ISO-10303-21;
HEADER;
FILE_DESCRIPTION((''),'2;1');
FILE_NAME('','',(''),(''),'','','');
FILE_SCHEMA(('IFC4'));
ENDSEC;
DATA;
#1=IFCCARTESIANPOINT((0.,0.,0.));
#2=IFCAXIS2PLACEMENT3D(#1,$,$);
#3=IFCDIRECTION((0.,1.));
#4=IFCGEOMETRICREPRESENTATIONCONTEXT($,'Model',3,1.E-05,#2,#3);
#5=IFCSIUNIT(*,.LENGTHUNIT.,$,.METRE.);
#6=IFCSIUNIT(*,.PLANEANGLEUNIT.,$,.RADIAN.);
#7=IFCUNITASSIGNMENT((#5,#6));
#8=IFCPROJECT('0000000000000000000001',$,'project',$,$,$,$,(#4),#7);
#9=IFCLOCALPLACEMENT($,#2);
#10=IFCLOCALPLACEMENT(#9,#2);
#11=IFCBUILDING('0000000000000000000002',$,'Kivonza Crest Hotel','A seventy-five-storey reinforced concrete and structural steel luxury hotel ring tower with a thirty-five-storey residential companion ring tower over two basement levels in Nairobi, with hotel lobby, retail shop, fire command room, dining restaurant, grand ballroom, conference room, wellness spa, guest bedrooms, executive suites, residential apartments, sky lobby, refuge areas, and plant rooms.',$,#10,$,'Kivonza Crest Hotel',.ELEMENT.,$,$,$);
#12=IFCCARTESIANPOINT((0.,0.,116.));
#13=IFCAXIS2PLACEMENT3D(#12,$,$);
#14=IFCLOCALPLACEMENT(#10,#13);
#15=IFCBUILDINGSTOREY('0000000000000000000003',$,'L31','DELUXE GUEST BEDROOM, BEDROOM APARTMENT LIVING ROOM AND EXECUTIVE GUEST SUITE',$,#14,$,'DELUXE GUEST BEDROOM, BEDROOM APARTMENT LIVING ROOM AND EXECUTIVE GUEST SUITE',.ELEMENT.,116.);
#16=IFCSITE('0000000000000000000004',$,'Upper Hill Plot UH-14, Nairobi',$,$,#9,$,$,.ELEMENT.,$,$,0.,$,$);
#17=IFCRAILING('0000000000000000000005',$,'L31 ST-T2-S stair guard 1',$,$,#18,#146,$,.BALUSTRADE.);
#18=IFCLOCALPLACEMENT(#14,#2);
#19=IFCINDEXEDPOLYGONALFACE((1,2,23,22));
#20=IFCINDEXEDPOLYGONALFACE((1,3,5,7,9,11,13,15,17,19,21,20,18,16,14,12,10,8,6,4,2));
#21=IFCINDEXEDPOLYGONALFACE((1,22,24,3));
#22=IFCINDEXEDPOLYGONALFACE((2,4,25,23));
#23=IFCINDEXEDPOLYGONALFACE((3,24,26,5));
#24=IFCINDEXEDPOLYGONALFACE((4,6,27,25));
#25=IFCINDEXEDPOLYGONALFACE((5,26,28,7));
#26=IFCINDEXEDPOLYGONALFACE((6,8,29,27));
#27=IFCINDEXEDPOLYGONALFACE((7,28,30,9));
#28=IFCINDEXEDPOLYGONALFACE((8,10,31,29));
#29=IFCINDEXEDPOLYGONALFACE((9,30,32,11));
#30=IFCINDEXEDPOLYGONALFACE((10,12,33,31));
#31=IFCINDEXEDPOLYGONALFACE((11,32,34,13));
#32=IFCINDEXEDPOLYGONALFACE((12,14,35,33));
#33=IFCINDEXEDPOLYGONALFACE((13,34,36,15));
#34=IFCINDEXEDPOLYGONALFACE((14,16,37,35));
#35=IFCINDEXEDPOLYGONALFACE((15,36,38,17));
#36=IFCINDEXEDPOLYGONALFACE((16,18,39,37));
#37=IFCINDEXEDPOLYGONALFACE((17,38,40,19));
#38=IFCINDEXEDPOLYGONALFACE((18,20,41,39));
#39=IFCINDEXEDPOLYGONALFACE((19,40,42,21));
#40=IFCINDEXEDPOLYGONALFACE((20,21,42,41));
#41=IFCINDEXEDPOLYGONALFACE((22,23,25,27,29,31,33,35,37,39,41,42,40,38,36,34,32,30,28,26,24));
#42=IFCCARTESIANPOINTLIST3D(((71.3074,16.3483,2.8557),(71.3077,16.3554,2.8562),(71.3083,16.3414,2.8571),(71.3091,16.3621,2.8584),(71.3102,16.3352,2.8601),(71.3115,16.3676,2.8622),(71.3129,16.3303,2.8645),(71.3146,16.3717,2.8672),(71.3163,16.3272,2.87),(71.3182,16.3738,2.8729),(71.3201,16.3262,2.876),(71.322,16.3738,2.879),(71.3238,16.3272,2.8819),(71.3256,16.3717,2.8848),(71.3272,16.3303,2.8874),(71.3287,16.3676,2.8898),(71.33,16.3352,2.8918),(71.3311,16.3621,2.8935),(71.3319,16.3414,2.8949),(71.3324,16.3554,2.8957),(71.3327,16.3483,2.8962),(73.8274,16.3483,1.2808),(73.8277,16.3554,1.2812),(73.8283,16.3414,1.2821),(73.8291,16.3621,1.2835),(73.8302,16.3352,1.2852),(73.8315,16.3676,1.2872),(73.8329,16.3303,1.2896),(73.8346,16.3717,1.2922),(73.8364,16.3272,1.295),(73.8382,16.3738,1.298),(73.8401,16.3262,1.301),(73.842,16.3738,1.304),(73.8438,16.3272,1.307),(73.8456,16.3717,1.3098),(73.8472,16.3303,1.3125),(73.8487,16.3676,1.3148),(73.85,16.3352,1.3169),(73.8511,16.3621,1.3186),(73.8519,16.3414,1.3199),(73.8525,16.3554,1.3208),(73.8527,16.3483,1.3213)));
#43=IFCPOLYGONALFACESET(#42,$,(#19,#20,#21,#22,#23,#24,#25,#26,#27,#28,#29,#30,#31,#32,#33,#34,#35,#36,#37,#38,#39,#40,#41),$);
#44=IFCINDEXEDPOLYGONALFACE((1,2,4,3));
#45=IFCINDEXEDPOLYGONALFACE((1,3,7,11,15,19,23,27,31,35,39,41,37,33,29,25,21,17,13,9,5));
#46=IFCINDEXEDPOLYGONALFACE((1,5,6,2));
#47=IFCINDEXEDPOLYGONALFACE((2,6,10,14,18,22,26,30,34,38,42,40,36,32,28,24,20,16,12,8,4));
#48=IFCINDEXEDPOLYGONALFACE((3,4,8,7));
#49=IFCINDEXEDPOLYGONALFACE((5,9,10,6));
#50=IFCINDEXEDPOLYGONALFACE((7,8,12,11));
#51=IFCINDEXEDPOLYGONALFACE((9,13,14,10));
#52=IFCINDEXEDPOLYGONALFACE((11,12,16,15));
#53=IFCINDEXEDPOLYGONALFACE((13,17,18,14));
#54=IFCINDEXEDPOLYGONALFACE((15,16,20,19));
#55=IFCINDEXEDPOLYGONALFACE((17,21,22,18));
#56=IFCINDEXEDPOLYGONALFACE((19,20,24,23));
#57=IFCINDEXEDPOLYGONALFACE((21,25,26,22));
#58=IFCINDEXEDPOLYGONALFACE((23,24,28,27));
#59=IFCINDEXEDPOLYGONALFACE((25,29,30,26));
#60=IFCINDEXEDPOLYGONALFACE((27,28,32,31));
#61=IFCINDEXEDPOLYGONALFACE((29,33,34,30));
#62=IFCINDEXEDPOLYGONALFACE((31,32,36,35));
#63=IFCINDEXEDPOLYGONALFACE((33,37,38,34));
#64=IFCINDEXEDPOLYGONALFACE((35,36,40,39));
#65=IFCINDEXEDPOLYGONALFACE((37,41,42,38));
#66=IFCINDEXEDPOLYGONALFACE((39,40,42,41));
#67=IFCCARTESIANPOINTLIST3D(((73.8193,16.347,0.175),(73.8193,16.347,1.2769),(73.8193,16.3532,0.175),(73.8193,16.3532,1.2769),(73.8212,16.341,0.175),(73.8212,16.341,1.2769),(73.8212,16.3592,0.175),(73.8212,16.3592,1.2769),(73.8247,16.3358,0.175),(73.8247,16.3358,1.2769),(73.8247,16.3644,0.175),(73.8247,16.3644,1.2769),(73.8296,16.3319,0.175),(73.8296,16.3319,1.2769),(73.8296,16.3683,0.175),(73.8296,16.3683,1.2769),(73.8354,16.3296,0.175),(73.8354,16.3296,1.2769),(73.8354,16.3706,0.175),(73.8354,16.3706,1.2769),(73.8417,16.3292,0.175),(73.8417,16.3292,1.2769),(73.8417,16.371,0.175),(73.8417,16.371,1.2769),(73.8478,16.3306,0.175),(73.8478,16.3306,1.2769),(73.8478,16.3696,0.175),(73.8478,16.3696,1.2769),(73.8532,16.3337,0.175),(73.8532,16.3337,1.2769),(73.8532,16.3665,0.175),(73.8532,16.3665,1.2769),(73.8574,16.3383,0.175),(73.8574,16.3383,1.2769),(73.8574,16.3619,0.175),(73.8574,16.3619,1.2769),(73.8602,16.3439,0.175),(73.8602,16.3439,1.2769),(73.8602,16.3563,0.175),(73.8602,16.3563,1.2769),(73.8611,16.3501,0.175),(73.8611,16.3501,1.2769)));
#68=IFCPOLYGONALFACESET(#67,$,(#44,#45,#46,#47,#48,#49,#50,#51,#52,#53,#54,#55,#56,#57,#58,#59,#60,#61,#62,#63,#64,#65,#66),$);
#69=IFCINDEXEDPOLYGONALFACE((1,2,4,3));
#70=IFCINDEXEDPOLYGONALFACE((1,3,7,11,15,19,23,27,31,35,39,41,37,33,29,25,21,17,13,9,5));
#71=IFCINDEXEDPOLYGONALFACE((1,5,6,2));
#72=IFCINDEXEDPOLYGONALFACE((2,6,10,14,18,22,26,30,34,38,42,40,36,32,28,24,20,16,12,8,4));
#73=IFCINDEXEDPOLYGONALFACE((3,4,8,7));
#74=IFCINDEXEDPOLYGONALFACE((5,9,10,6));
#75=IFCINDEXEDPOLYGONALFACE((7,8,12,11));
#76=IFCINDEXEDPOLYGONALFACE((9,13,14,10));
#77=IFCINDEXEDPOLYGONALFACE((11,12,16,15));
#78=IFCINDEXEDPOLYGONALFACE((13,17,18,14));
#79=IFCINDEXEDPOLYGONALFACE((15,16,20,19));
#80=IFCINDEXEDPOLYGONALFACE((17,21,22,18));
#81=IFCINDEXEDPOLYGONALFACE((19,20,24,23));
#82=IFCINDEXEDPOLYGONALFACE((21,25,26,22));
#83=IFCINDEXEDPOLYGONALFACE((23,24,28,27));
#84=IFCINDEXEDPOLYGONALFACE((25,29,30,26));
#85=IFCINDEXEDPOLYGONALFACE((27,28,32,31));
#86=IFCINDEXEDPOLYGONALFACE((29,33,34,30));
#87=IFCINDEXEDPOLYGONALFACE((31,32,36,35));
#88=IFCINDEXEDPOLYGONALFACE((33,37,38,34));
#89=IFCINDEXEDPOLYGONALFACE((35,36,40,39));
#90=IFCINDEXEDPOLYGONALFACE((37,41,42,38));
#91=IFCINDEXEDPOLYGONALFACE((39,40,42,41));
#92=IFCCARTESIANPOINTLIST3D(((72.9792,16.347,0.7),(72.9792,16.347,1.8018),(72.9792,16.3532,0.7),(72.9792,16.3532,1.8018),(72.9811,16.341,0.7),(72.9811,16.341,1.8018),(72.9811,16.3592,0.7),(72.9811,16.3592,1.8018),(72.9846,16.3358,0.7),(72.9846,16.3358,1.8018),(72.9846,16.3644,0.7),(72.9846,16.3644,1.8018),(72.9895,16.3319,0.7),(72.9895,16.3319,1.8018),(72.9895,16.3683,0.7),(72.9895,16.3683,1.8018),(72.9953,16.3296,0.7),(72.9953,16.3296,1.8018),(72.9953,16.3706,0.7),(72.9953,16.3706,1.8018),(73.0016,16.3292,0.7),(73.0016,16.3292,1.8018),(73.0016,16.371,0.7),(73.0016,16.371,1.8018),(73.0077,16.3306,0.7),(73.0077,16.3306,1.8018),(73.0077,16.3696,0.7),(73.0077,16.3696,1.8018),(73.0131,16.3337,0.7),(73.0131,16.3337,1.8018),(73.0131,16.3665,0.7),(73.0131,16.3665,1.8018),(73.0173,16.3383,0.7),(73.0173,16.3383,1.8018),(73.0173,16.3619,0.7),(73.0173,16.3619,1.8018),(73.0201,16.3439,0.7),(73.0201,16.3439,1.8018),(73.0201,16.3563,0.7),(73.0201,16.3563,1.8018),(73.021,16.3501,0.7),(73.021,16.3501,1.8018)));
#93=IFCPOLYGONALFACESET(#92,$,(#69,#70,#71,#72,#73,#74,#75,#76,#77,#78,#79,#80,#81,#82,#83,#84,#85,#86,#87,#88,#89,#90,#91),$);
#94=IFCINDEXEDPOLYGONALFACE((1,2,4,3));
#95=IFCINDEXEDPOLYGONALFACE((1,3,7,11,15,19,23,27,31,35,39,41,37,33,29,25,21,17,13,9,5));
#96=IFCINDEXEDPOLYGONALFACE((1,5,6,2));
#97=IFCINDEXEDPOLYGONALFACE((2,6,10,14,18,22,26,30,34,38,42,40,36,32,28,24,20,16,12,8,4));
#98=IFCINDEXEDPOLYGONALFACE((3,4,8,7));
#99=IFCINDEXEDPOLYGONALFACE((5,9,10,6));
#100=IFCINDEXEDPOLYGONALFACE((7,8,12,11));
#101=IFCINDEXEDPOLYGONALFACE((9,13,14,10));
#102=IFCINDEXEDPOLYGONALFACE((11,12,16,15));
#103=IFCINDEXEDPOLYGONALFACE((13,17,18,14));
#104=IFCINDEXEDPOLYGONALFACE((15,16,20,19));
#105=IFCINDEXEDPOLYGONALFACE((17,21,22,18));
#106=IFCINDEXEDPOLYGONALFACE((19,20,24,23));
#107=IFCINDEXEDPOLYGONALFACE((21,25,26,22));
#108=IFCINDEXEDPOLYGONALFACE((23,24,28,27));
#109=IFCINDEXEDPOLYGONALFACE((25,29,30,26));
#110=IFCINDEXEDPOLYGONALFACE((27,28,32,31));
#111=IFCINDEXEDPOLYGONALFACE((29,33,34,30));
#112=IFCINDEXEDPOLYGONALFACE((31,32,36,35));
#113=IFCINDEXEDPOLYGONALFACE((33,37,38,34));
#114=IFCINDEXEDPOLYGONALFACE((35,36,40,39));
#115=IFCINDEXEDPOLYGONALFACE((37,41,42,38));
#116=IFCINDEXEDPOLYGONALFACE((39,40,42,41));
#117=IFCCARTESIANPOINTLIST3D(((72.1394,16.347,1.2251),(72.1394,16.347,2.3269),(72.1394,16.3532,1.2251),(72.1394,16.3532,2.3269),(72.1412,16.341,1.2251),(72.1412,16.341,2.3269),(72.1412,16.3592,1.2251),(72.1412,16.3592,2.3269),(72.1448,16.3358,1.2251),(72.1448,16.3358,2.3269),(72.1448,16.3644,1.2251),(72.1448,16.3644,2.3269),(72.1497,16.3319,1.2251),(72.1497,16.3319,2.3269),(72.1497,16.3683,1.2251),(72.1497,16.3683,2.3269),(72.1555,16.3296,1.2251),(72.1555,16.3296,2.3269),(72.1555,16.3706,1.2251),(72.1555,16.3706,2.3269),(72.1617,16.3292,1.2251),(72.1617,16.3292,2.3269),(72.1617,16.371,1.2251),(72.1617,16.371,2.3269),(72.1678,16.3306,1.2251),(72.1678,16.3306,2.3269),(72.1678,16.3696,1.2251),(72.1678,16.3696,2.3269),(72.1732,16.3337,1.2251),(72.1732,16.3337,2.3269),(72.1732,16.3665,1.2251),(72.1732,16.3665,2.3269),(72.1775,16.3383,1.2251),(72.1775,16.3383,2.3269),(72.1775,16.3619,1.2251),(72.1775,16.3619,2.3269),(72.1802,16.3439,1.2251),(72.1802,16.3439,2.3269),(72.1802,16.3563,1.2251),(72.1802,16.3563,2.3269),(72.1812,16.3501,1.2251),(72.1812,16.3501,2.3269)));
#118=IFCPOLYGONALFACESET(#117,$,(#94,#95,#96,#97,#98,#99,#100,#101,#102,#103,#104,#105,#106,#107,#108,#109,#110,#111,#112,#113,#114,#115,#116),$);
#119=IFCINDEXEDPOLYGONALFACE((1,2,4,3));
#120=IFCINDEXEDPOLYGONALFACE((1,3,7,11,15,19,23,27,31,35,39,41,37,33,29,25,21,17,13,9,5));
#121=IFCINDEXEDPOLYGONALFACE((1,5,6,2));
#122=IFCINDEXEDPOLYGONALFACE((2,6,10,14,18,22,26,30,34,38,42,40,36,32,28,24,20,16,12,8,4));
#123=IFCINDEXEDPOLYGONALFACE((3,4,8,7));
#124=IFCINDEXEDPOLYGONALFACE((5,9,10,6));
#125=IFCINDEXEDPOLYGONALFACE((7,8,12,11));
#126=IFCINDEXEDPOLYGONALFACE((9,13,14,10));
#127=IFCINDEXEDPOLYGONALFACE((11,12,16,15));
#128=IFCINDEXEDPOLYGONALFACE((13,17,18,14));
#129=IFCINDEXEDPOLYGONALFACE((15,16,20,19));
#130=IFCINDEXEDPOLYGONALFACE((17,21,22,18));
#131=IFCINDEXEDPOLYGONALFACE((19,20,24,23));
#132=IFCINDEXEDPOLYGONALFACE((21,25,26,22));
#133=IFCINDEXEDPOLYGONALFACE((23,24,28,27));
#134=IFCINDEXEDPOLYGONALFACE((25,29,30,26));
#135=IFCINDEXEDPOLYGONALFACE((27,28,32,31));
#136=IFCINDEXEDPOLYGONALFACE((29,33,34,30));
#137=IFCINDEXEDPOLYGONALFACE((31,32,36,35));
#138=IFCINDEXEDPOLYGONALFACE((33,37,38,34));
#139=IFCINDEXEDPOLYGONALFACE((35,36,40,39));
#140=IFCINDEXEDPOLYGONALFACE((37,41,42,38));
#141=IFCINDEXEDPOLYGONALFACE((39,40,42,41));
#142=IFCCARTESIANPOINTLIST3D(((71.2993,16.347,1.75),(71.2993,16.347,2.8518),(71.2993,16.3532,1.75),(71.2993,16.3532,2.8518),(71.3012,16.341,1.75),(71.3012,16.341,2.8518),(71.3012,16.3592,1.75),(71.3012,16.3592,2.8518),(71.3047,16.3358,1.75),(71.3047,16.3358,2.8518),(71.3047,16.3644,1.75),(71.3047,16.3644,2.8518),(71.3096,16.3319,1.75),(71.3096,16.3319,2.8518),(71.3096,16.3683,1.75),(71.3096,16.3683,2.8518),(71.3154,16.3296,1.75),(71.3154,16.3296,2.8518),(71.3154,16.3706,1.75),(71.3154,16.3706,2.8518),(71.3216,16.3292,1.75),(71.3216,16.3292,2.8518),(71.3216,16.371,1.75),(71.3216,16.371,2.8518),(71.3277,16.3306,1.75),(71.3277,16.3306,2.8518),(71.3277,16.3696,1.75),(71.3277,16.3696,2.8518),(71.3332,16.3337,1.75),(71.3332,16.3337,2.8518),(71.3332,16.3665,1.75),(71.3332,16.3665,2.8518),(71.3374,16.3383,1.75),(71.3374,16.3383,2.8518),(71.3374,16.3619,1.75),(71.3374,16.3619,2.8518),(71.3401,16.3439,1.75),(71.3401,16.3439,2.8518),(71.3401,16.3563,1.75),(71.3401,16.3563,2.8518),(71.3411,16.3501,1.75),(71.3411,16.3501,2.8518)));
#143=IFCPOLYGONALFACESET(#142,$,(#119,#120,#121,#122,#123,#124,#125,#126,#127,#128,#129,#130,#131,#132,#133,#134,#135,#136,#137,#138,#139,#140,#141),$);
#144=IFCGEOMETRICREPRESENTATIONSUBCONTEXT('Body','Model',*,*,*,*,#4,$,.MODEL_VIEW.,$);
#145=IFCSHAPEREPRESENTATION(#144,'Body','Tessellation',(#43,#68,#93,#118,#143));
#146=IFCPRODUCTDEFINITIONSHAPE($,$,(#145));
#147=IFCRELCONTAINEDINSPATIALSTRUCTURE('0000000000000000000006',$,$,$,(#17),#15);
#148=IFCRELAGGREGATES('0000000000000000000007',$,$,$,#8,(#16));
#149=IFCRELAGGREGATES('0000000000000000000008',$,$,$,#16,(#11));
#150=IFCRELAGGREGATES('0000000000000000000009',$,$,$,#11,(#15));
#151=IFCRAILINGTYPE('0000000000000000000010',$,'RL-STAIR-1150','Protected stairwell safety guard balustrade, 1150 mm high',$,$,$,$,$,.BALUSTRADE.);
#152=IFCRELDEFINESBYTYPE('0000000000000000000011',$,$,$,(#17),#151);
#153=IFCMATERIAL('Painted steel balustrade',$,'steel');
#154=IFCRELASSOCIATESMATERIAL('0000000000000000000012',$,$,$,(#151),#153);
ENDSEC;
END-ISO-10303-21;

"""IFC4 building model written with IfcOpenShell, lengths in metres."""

from ifc_helpers import new_model, si_unit, direction, frame, origin, origin_2d, place, context, subcontext, project, spatial, circle, extrude, material, type_object, element, save


model = new_model("IFC4")

# Units and contexts
model_context = context("Model", 3, precision=1e-05, world=origin(), true_north=direction((0.0, 1.0)))
body_context = subcontext(model_context, "Body", "Model", "MODEL_VIEW")
ifc_project = project(units=[si_unit("LENGTHUNIT", "METRE"), si_unit("PLANEANGLEUNIT", "RADIAN")], contexts=[model_context])

# Site, building, storey
site_placement = place(None, origin())
site = spatial("IfcSite", under=ifc_project, at=site_placement, Name="Upper Hill Plot UH-14, Nairobi", CompositionType="ELEMENT", RefElevation=0.0)
building_placement = place(site_placement, origin())
building = spatial("IfcBuilding", under=site, at=building_placement, Name="Kivonza Crest Hotel", Description="A seventy-five-storey reinforced concrete and structural steel luxury hotel ring tower with a thirty-five-storey residential companion ring tower over two basement levels in Nairobi, with hotel lobby, retail shop, fire command room, dining restaurant, grand ballroom, conference room, wellness spa, guest bedrooms, executive suites, residential apartments, sky lobby, refuge areas, and plant rooms.", LongName="Kivonza Crest Hotel", CompositionType="ELEMENT")
storey_placement = place(building_placement, frame((0.0, 0.0, 116.0)))
storey = spatial("IfcBuildingStorey", under=building, at=storey_placement, Name="L31", Description="DELUXE GUEST BEDROOM, BEDROOM APARTMENT LIVING ROOM AND EXECUTIVE GUEST SUITE", LongName="DELUXE GUEST BEDROOM, BEDROOM APARTMENT LIVING ROOM AND EXECUTIVE GUEST SUITE", CompositionType="ELEMENT", Elevation=116.0)

# Railing
ifc_material_1 = material(Name="Painted steel balustrade", Category="steel")
railing_type_1 = type_object("IfcRailingType", Name="RL-STAIR-1150", Description="Protected stairwell safety guard balustrade, 1150 mm high", PredefinedType="BALUSTRADE", material=ifc_material_1)
railing_1_placement = place(storey_placement, frame((73.8401, 16.3501, 0.175)))
element("IfcRailing", 1, at=railing_1_placement, inside=storey, type_object=railing_type_1, Name="L31 ST-T2-S stair guard 1", PredefinedType="BALUSTRADE", context=body_context, shape_type="SweptSolid", body=[
    extrude(circle(Radius=0.0239, at=origin_2d()), frame((0.0, 0.0, 1.126), z_axis=(-0.848008, 0.0, 0.529984), x_axis=(0.0, -1.0, 0.0)), (0.0, 0.0, 1.0), 2.9717),
    extrude(circle(Radius=0.021, at=origin_2d()), origin(), (0.0, 0.0, 1.0), 1.1018),
    extrude(circle(Radius=0.021, at=origin_2d()), frame((-0.8401, 0.0, 0.5249)), (0.0, 0.0, 1.0), 1.1018),
    extrude(circle(Radius=0.021, at=origin_2d()), frame((-1.6799, 0.0, 1.05)), (0.0, 0.0, 1.0), 1.1018),
    extrude(circle(Radius=0.021, at=origin_2d()), frame((-2.52, 0.0, 1.575)), (0.0, 0.0, 1.0), 1.1018),
])

save(model, "model.ifc")
